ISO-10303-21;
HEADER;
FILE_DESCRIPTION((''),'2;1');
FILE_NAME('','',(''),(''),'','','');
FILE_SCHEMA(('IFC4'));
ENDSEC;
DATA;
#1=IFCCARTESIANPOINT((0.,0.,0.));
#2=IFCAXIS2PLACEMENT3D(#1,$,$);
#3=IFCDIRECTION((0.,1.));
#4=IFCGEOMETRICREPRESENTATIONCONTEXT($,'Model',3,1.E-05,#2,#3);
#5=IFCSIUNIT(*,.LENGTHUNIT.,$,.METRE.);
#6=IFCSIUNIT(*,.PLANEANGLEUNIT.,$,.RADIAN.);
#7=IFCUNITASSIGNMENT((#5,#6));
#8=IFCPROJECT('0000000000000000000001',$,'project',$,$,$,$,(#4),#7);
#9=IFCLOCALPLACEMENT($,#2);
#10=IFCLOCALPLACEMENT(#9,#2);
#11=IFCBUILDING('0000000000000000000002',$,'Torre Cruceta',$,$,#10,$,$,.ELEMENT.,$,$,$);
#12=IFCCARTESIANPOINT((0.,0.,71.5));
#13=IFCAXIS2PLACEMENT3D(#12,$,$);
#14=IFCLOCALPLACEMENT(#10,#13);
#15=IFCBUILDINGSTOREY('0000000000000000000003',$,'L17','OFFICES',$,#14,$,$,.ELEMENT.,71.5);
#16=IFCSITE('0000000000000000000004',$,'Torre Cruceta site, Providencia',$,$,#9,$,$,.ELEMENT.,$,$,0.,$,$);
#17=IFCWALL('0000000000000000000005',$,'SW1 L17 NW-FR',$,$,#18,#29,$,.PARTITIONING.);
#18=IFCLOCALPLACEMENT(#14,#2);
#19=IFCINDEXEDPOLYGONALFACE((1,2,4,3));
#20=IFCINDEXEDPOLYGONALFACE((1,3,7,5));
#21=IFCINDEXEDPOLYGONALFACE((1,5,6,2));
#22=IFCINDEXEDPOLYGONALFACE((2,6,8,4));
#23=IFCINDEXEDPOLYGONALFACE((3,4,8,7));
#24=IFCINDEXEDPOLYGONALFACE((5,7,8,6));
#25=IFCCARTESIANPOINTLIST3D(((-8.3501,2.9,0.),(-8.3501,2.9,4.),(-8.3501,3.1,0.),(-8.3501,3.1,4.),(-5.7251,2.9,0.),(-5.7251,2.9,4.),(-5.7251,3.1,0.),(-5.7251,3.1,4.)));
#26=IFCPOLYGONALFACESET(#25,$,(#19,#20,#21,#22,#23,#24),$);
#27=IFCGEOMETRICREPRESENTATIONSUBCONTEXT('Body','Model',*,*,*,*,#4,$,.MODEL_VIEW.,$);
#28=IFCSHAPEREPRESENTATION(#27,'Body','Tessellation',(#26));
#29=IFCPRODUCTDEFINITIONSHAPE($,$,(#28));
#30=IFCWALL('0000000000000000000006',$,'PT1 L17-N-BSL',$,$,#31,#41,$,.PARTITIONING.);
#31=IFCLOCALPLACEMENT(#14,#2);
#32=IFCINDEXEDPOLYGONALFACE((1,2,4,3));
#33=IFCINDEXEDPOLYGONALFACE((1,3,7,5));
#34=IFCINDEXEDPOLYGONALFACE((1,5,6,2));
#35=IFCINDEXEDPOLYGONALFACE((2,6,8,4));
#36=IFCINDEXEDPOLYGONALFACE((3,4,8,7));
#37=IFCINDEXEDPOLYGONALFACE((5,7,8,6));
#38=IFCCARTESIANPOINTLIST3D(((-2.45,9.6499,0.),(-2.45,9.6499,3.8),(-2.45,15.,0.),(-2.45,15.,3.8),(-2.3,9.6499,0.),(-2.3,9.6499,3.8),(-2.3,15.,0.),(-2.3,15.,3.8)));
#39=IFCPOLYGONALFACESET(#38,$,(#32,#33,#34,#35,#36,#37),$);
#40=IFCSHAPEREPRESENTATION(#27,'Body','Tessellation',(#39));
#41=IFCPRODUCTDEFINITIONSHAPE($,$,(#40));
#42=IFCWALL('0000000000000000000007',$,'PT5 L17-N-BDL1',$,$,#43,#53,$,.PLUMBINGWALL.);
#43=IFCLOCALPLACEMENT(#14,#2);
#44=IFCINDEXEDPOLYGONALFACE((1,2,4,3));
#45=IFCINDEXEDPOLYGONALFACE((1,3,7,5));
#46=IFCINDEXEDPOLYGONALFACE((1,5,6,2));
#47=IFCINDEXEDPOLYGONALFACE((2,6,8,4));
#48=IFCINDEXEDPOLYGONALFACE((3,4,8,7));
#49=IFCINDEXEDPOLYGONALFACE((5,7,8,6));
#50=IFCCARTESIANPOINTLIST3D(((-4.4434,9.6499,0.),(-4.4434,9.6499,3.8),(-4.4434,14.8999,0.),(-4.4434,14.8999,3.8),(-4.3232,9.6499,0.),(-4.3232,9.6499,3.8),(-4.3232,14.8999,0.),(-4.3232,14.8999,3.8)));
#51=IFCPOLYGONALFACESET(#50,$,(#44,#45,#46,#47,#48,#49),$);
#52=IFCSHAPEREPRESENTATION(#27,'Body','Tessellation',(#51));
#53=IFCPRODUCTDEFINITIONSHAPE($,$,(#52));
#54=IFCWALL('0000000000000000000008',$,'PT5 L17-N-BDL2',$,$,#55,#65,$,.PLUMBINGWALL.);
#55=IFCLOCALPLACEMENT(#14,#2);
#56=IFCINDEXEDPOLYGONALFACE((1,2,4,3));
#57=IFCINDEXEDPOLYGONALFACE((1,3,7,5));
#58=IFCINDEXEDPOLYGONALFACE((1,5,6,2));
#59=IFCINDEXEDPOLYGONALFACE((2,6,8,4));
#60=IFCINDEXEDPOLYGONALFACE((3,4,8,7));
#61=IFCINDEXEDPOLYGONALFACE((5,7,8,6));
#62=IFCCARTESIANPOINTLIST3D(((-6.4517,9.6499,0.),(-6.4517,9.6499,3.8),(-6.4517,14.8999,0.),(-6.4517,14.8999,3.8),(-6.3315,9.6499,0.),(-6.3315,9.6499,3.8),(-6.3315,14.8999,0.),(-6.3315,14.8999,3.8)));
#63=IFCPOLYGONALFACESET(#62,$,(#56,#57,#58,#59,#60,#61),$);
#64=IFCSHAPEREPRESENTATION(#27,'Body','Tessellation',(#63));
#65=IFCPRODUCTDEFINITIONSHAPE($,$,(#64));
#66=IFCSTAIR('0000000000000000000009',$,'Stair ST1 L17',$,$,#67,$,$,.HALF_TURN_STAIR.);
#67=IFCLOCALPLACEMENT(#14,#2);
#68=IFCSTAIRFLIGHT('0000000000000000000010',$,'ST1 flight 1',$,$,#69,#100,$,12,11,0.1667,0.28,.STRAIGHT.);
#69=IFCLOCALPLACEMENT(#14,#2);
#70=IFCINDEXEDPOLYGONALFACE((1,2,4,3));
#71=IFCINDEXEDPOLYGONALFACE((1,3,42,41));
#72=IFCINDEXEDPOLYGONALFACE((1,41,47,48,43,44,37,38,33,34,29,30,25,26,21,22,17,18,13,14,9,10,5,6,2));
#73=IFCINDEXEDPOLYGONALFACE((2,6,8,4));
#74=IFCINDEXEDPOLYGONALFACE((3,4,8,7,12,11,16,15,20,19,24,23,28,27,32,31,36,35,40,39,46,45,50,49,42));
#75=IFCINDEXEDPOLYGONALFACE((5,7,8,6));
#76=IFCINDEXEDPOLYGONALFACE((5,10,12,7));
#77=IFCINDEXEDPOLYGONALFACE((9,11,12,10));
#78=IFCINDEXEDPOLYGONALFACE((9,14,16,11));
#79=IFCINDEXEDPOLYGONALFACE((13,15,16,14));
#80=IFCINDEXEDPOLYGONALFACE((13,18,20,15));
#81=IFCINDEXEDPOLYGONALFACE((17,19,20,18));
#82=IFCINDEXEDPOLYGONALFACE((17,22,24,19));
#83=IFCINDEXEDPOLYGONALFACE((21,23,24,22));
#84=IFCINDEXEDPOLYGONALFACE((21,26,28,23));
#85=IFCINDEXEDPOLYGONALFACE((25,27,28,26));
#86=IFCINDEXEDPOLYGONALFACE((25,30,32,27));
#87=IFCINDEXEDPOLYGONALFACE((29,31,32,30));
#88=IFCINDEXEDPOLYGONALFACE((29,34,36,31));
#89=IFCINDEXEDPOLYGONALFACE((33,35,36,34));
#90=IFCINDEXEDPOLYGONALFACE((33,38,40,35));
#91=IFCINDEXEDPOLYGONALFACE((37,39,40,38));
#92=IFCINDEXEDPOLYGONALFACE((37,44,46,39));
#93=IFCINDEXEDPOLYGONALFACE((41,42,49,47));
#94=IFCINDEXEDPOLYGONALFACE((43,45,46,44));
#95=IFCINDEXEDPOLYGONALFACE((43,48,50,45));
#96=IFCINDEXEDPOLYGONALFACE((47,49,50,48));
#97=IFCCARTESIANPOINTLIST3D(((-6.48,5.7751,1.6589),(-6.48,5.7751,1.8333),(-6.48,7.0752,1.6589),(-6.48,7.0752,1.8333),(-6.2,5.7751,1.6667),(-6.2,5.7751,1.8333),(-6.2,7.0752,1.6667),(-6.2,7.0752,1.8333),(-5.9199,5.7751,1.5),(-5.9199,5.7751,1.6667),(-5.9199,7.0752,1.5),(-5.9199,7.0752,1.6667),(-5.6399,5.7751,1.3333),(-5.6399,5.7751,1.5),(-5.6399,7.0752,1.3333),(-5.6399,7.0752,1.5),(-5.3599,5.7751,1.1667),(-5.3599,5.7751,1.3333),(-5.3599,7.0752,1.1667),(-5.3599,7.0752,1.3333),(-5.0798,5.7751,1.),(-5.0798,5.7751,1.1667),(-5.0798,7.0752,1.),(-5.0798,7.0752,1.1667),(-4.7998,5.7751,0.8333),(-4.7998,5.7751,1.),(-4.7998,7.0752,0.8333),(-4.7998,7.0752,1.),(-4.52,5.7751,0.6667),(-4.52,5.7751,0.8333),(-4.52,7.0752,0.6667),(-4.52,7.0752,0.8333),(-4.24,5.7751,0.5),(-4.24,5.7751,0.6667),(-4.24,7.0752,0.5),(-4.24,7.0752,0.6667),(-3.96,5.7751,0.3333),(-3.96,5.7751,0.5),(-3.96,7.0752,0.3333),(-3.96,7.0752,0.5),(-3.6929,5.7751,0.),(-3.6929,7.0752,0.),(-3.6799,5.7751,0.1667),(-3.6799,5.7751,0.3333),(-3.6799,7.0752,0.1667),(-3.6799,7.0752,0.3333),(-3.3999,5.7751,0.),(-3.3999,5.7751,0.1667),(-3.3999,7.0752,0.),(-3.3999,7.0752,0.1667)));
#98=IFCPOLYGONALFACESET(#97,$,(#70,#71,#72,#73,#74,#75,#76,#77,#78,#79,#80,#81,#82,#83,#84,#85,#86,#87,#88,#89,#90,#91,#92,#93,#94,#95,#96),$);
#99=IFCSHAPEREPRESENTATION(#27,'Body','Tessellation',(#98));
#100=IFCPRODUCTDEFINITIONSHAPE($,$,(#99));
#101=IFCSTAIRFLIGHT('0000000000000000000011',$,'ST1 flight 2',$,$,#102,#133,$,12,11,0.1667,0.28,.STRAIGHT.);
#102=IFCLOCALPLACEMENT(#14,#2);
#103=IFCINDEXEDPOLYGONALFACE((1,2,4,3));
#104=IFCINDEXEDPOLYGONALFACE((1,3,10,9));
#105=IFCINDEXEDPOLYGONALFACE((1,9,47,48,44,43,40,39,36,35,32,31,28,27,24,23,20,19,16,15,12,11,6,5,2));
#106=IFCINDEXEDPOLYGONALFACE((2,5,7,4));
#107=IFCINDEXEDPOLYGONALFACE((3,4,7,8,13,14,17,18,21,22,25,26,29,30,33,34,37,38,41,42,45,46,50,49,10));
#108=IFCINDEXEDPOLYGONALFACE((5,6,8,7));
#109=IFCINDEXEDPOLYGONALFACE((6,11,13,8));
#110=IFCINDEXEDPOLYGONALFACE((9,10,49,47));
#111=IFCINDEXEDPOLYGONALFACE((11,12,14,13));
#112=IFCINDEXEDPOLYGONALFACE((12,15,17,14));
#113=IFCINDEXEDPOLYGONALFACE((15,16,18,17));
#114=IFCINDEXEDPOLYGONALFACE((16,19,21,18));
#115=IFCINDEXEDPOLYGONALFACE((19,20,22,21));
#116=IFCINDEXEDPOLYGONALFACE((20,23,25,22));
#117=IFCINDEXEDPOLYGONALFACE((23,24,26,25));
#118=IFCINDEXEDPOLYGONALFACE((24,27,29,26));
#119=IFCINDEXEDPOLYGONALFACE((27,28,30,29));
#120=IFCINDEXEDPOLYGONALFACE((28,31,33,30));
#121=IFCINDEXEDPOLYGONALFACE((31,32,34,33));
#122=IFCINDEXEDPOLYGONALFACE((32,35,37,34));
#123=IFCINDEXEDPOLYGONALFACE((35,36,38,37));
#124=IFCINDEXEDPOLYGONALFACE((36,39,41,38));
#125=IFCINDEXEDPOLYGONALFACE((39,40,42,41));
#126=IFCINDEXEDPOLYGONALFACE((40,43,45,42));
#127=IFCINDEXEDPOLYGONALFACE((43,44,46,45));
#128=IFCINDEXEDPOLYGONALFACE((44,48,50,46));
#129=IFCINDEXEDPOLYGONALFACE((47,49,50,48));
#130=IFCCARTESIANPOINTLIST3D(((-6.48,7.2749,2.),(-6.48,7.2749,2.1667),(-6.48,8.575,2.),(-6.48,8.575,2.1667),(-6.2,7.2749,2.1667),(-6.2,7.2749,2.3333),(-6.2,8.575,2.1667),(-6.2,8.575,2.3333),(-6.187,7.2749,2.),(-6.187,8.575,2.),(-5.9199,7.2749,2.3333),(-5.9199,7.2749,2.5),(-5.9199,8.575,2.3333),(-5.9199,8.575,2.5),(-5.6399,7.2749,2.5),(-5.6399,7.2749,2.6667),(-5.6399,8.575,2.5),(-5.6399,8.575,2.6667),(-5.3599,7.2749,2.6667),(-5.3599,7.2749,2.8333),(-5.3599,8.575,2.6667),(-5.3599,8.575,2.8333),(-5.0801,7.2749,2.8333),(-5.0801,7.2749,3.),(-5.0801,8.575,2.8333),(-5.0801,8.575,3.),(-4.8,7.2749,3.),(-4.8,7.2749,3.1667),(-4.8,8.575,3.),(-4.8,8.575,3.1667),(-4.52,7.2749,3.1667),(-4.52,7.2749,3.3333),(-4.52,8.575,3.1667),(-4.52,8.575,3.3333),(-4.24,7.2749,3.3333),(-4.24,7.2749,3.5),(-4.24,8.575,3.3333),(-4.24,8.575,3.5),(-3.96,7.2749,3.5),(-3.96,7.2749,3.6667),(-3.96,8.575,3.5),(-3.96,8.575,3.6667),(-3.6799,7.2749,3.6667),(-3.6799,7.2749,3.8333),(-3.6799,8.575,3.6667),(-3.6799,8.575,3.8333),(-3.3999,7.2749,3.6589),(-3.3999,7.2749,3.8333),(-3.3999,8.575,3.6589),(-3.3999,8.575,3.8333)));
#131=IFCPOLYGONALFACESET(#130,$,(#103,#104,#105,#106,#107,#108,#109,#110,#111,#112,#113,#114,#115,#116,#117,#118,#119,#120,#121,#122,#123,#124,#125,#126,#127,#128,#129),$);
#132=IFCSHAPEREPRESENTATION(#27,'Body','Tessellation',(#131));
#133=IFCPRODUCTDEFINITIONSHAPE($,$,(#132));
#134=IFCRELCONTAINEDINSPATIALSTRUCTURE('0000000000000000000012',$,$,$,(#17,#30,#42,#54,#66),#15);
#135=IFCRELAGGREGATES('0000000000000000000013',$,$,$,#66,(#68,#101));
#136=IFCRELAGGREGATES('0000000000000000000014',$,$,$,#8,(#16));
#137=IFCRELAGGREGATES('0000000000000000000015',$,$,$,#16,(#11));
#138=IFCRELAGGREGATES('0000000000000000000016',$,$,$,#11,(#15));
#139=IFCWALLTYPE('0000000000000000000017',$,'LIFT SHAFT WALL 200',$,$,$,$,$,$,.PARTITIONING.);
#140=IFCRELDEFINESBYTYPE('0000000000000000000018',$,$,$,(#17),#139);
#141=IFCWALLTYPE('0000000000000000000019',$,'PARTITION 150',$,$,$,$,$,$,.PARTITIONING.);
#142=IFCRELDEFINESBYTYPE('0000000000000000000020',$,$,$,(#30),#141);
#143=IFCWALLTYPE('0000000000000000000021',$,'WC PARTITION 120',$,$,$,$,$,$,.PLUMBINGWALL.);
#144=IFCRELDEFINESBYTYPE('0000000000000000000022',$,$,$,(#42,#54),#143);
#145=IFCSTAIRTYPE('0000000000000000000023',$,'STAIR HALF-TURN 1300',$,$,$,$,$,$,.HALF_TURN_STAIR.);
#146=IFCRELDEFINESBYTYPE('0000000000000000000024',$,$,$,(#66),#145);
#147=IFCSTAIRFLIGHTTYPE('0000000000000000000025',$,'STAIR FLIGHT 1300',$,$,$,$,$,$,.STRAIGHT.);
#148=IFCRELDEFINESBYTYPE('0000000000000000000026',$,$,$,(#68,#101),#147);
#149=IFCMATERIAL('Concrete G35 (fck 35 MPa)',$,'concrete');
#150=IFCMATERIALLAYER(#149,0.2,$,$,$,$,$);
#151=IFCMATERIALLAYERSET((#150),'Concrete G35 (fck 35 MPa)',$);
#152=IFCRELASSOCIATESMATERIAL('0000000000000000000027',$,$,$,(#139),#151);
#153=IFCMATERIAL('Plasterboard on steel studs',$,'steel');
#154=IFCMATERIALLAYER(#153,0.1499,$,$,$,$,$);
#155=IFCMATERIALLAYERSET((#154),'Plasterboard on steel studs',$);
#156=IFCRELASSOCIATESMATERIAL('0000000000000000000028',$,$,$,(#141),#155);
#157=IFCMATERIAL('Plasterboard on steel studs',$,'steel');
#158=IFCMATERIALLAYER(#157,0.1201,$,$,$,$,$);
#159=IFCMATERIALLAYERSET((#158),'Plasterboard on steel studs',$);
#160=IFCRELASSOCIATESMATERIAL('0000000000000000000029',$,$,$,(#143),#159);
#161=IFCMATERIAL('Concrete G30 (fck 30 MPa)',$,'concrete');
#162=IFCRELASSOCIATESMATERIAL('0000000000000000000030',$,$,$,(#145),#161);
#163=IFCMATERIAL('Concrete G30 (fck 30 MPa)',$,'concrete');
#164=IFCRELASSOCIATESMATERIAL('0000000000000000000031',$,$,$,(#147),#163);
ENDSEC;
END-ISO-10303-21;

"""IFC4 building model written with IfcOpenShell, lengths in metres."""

from ifc_helpers import new_model, si_unit, direction, frame, frame_2d, origin, place, context, subcontext, project, spatial, polyline, rectangle, outline, extrude, material, layer, layer_set, type_object, element, aggregate, save


model = new_model("IFC4")

# Units and contexts
model_context = context("Model", 3, precision=1e-05, world=origin(), true_north=direction((0.0, 1.0)))
body_context = subcontext(model_context, "Body", "Model", "MODEL_VIEW")
ifc_project = project(units=[si_unit("LENGTHUNIT", "METRE"), si_unit("PLANEANGLEUNIT", "RADIAN")], contexts=[model_context])

# Site, building, storey
site_placement = place(None, origin())
site = spatial("IfcSite", under=ifc_project, at=site_placement, Name="Torre Cruceta site, Providencia", CompositionType="ELEMENT", RefElevation=0.0)
building_placement = place(site_placement, origin())
building = spatial("IfcBuilding", under=site, at=building_placement, Name="Torre Cruceta", CompositionType="ELEMENT")
storey_placement = place(building_placement, frame((0.0, 0.0, 71.5)))
storey = spatial("IfcBuildingStorey", under=building, at=storey_placement, Name="L17", Description="OFFICES", CompositionType="ELEMENT", Elevation=71.5)

# Walls
ifc_material_1 = material(Name="Concrete G35 (fck 35 MPa)", Category="concrete")
ifc_layer_1 = layer(ifc_material_1, 0.2)
ifc_layer_set_1 = layer_set([ifc_layer_1], Name="Concrete G35 (fck 35 MPa)")
wall_type_1 = type_object("IfcWallType", Name="LIFT SHAFT WALL 200", PredefinedType="PARTITIONING", material=ifc_layer_set_1)
wall_1_placement = place(storey_placement, frame((-5.7251, 3.0, 0.0), z_axis=(0.0, 0.0, 1.0), x_axis=(-1.0, 0.0, 0.0)))
element("IfcWall", 1, at=wall_1_placement, inside=storey, type_object=wall_type_1, Name="SW1 L17 NW-FR", PredefinedType="PARTITIONING", context=body_context, shape_type="SweptSolid", body=[
    extrude(rectangle(XDim=2.625, YDim=0.2, at=frame_2d((1.3125, 0.0))), origin(), (0.0, 0.0, 1.0), 4.0),
])
ifc_material_2 = material(Name="Plasterboard on steel studs", Category="steel")
ifc_layer_2 = layer(ifc_material_2, 0.1499)
ifc_layer_set_2 = layer_set([ifc_layer_2], Name="Plasterboard on steel studs")
wall_type_2 = type_object("IfcWallType", Name="PARTITION 150", PredefinedType="PARTITIONING", material=ifc_layer_set_2)
wall_2_placement = place(storey_placement, frame((-2.375, 9.6499, 0.0), z_axis=(0.0, 0.0, 1.0), x_axis=(0.0, 1.0, 0.0)))
element("IfcWall", 2, at=wall_2_placement, inside=storey, type_object=wall_type_2, Name="PT1 L17-N-BSL", PredefinedType="PARTITIONING", context=body_context, shape_type="SweptSolid", body=[
    extrude(rectangle(XDim=5.3501, YDim=0.1499, at=frame_2d((2.675, 0.0))), origin(), (0.0, 0.0, 1.0), 3.8),
])
ifc_material_3 = material(Name="Plasterboard on steel studs", Category="steel")
ifc_layer_3 = layer(ifc_material_3, 0.1201)
ifc_layer_set_3 = layer_set([ifc_layer_3], Name="Plasterboard on steel studs")
wall_type_3 = type_object("IfcWallType", Name="WC PARTITION 120", PredefinedType="PLUMBINGWALL", material=ifc_layer_set_3)
for number, where, z_axis, x_axis, name in (
    (3, (-4.3833, 9.6499, 0.0), (0.0, 0.0, 1.0), (0.0, 1.0, 0.0), "PT5 L17-N-BDL1"),
    (4, (-6.3916, 9.6499, 0.0), (0.0, 0.0, 1.0), (0.0, 1.0, 0.0), "PT5 L17-N-BDL2"),
):
    element("IfcWall", number, at=place(storey_placement, frame(where, z_axis=z_axis, x_axis=x_axis)), inside=storey, type_object=wall_type_3, Name=name, PredefinedType="PLUMBINGWALL", context=body_context, shape_type="SweptSolid", body=[
        extrude(rectangle(XDim=5.25, YDim=0.1201, at=frame_2d((2.625, 0.0))), origin(), (0.0, 0.0, 1.0), 3.8),
    ])

# Stair, stair flights
ifc_material_4 = material(Name="Concrete G30 (fck 30 MPa)", Category="concrete")
stair_type = type_object("IfcStairType", Name="STAIR HALF-TURN 1300", PredefinedType="HALF_TURN_STAIR", material=ifc_material_4)
stair_placement = place(storey_placement, origin())
stair = element("IfcStair", 5, at=stair_placement, inside=storey, type_object=stair_type, Name="Stair ST1 L17", PredefinedType="HALF_TURN_STAIR")
ifc_material_5 = material(Name="Concrete G30 (fck 30 MPa)", Category="concrete")
stair_flight_type = type_object("IfcStairFlightType", Name="STAIR FLIGHT 1300", PredefinedType="STRAIGHT", material=ifc_material_5)
stair_flight_1_placement = place(storey_placement, frame((-3.3999, 6.425, 0.0), z_axis=(0.0, 0.0, 1.0), x_axis=(-1.0, 0.0, 0.0)))
stair_flight_1 = element("IfcStairFlight", 6, at=stair_flight_1_placement, type_object=stair_flight_type, Name="ST1 flight 1", NumberOfRisers=12, NumberOfTreads=11, PredefinedType="STRAIGHT", RiserHeight=0.1667, TreadLength=0.28, context=body_context, shape_type="SweptSolid", body=[
    extrude(outline(polyline([(0.0, 0.0), (0.0, 0.1667), (0.28, 0.1667), (0.28, 0.3333), (0.5601, 0.3333), (0.5601, 0.5), (0.8401, 0.5), (0.8401, 0.6667), (1.1201, 0.6667), (1.1201, 0.8333), (1.3999, 0.8333), (1.3999, 1.0), (1.6799, 1.0), (1.6799, 1.1667), (1.96, 1.1667), (1.96, 1.3333), (2.24, 1.3333), (2.24, 1.5), (2.52, 1.5), (2.52, 1.6667), (2.8, 1.6667), (2.8, 1.8333), (3.0801, 1.8333), (3.0801, 2.0), (3.0801, 1.6589), (0.293, 0.0), (0.0, 0.0)])), frame((0.0, 0.6499, 0.0), z_axis=(0.0, -1.0, 0.0), x_axis=(1.0, 0.0, 0.0)), (0.0, 0.0, 1.0), 1.3),
])
stair_flight_2_placement = place(storey_placement, frame((-6.48, 7.925, 2.0), z_axis=(0.0, 0.0, 1.0), x_axis=(1.0, 0.0, 0.0)))
stair_flight_2 = element("IfcStairFlight", 7, at=stair_flight_2_placement, type_object=stair_flight_type, Name="ST1 flight 2", NumberOfRisers=12, NumberOfTreads=11, PredefinedType="STRAIGHT", RiserHeight=0.1667, TreadLength=0.28, context=body_context, shape_type="SweptSolid", body=[
    extrude(outline(polyline([(0.0, 0.0), (0.0, 0.1667), (0.28, 0.1667), (0.28, 0.3333), (0.5601, 0.3333), (0.5601, 0.5), (0.8401, 0.5), (0.8401, 0.6667), (1.1201, 0.6667), (1.1201, 0.8333), (1.3999, 0.8333), (1.3999, 1.0), (1.6799, 1.0), (1.6799, 1.1667), (1.96, 1.1667), (1.96, 1.3333), (2.24, 1.3333), (2.24, 1.5), (2.52, 1.5), (2.52, 1.6667), (2.8, 1.6667), (2.8, 1.8333), (3.0801, 1.8333), (3.0801, 2.0), (3.0801, 1.6589), (0.293, 0.0), (0.0, 0.0)])), frame((0.0, 0.6499, 0.0), z_axis=(0.0, -1.0, 0.0), x_axis=(1.0, 0.0, 0.0)), (0.0, 0.0, 1.0), 1.3),
])
aggregate(stair, [stair_flight_1, stair_flight_2])

save(model, "model.ifc")
